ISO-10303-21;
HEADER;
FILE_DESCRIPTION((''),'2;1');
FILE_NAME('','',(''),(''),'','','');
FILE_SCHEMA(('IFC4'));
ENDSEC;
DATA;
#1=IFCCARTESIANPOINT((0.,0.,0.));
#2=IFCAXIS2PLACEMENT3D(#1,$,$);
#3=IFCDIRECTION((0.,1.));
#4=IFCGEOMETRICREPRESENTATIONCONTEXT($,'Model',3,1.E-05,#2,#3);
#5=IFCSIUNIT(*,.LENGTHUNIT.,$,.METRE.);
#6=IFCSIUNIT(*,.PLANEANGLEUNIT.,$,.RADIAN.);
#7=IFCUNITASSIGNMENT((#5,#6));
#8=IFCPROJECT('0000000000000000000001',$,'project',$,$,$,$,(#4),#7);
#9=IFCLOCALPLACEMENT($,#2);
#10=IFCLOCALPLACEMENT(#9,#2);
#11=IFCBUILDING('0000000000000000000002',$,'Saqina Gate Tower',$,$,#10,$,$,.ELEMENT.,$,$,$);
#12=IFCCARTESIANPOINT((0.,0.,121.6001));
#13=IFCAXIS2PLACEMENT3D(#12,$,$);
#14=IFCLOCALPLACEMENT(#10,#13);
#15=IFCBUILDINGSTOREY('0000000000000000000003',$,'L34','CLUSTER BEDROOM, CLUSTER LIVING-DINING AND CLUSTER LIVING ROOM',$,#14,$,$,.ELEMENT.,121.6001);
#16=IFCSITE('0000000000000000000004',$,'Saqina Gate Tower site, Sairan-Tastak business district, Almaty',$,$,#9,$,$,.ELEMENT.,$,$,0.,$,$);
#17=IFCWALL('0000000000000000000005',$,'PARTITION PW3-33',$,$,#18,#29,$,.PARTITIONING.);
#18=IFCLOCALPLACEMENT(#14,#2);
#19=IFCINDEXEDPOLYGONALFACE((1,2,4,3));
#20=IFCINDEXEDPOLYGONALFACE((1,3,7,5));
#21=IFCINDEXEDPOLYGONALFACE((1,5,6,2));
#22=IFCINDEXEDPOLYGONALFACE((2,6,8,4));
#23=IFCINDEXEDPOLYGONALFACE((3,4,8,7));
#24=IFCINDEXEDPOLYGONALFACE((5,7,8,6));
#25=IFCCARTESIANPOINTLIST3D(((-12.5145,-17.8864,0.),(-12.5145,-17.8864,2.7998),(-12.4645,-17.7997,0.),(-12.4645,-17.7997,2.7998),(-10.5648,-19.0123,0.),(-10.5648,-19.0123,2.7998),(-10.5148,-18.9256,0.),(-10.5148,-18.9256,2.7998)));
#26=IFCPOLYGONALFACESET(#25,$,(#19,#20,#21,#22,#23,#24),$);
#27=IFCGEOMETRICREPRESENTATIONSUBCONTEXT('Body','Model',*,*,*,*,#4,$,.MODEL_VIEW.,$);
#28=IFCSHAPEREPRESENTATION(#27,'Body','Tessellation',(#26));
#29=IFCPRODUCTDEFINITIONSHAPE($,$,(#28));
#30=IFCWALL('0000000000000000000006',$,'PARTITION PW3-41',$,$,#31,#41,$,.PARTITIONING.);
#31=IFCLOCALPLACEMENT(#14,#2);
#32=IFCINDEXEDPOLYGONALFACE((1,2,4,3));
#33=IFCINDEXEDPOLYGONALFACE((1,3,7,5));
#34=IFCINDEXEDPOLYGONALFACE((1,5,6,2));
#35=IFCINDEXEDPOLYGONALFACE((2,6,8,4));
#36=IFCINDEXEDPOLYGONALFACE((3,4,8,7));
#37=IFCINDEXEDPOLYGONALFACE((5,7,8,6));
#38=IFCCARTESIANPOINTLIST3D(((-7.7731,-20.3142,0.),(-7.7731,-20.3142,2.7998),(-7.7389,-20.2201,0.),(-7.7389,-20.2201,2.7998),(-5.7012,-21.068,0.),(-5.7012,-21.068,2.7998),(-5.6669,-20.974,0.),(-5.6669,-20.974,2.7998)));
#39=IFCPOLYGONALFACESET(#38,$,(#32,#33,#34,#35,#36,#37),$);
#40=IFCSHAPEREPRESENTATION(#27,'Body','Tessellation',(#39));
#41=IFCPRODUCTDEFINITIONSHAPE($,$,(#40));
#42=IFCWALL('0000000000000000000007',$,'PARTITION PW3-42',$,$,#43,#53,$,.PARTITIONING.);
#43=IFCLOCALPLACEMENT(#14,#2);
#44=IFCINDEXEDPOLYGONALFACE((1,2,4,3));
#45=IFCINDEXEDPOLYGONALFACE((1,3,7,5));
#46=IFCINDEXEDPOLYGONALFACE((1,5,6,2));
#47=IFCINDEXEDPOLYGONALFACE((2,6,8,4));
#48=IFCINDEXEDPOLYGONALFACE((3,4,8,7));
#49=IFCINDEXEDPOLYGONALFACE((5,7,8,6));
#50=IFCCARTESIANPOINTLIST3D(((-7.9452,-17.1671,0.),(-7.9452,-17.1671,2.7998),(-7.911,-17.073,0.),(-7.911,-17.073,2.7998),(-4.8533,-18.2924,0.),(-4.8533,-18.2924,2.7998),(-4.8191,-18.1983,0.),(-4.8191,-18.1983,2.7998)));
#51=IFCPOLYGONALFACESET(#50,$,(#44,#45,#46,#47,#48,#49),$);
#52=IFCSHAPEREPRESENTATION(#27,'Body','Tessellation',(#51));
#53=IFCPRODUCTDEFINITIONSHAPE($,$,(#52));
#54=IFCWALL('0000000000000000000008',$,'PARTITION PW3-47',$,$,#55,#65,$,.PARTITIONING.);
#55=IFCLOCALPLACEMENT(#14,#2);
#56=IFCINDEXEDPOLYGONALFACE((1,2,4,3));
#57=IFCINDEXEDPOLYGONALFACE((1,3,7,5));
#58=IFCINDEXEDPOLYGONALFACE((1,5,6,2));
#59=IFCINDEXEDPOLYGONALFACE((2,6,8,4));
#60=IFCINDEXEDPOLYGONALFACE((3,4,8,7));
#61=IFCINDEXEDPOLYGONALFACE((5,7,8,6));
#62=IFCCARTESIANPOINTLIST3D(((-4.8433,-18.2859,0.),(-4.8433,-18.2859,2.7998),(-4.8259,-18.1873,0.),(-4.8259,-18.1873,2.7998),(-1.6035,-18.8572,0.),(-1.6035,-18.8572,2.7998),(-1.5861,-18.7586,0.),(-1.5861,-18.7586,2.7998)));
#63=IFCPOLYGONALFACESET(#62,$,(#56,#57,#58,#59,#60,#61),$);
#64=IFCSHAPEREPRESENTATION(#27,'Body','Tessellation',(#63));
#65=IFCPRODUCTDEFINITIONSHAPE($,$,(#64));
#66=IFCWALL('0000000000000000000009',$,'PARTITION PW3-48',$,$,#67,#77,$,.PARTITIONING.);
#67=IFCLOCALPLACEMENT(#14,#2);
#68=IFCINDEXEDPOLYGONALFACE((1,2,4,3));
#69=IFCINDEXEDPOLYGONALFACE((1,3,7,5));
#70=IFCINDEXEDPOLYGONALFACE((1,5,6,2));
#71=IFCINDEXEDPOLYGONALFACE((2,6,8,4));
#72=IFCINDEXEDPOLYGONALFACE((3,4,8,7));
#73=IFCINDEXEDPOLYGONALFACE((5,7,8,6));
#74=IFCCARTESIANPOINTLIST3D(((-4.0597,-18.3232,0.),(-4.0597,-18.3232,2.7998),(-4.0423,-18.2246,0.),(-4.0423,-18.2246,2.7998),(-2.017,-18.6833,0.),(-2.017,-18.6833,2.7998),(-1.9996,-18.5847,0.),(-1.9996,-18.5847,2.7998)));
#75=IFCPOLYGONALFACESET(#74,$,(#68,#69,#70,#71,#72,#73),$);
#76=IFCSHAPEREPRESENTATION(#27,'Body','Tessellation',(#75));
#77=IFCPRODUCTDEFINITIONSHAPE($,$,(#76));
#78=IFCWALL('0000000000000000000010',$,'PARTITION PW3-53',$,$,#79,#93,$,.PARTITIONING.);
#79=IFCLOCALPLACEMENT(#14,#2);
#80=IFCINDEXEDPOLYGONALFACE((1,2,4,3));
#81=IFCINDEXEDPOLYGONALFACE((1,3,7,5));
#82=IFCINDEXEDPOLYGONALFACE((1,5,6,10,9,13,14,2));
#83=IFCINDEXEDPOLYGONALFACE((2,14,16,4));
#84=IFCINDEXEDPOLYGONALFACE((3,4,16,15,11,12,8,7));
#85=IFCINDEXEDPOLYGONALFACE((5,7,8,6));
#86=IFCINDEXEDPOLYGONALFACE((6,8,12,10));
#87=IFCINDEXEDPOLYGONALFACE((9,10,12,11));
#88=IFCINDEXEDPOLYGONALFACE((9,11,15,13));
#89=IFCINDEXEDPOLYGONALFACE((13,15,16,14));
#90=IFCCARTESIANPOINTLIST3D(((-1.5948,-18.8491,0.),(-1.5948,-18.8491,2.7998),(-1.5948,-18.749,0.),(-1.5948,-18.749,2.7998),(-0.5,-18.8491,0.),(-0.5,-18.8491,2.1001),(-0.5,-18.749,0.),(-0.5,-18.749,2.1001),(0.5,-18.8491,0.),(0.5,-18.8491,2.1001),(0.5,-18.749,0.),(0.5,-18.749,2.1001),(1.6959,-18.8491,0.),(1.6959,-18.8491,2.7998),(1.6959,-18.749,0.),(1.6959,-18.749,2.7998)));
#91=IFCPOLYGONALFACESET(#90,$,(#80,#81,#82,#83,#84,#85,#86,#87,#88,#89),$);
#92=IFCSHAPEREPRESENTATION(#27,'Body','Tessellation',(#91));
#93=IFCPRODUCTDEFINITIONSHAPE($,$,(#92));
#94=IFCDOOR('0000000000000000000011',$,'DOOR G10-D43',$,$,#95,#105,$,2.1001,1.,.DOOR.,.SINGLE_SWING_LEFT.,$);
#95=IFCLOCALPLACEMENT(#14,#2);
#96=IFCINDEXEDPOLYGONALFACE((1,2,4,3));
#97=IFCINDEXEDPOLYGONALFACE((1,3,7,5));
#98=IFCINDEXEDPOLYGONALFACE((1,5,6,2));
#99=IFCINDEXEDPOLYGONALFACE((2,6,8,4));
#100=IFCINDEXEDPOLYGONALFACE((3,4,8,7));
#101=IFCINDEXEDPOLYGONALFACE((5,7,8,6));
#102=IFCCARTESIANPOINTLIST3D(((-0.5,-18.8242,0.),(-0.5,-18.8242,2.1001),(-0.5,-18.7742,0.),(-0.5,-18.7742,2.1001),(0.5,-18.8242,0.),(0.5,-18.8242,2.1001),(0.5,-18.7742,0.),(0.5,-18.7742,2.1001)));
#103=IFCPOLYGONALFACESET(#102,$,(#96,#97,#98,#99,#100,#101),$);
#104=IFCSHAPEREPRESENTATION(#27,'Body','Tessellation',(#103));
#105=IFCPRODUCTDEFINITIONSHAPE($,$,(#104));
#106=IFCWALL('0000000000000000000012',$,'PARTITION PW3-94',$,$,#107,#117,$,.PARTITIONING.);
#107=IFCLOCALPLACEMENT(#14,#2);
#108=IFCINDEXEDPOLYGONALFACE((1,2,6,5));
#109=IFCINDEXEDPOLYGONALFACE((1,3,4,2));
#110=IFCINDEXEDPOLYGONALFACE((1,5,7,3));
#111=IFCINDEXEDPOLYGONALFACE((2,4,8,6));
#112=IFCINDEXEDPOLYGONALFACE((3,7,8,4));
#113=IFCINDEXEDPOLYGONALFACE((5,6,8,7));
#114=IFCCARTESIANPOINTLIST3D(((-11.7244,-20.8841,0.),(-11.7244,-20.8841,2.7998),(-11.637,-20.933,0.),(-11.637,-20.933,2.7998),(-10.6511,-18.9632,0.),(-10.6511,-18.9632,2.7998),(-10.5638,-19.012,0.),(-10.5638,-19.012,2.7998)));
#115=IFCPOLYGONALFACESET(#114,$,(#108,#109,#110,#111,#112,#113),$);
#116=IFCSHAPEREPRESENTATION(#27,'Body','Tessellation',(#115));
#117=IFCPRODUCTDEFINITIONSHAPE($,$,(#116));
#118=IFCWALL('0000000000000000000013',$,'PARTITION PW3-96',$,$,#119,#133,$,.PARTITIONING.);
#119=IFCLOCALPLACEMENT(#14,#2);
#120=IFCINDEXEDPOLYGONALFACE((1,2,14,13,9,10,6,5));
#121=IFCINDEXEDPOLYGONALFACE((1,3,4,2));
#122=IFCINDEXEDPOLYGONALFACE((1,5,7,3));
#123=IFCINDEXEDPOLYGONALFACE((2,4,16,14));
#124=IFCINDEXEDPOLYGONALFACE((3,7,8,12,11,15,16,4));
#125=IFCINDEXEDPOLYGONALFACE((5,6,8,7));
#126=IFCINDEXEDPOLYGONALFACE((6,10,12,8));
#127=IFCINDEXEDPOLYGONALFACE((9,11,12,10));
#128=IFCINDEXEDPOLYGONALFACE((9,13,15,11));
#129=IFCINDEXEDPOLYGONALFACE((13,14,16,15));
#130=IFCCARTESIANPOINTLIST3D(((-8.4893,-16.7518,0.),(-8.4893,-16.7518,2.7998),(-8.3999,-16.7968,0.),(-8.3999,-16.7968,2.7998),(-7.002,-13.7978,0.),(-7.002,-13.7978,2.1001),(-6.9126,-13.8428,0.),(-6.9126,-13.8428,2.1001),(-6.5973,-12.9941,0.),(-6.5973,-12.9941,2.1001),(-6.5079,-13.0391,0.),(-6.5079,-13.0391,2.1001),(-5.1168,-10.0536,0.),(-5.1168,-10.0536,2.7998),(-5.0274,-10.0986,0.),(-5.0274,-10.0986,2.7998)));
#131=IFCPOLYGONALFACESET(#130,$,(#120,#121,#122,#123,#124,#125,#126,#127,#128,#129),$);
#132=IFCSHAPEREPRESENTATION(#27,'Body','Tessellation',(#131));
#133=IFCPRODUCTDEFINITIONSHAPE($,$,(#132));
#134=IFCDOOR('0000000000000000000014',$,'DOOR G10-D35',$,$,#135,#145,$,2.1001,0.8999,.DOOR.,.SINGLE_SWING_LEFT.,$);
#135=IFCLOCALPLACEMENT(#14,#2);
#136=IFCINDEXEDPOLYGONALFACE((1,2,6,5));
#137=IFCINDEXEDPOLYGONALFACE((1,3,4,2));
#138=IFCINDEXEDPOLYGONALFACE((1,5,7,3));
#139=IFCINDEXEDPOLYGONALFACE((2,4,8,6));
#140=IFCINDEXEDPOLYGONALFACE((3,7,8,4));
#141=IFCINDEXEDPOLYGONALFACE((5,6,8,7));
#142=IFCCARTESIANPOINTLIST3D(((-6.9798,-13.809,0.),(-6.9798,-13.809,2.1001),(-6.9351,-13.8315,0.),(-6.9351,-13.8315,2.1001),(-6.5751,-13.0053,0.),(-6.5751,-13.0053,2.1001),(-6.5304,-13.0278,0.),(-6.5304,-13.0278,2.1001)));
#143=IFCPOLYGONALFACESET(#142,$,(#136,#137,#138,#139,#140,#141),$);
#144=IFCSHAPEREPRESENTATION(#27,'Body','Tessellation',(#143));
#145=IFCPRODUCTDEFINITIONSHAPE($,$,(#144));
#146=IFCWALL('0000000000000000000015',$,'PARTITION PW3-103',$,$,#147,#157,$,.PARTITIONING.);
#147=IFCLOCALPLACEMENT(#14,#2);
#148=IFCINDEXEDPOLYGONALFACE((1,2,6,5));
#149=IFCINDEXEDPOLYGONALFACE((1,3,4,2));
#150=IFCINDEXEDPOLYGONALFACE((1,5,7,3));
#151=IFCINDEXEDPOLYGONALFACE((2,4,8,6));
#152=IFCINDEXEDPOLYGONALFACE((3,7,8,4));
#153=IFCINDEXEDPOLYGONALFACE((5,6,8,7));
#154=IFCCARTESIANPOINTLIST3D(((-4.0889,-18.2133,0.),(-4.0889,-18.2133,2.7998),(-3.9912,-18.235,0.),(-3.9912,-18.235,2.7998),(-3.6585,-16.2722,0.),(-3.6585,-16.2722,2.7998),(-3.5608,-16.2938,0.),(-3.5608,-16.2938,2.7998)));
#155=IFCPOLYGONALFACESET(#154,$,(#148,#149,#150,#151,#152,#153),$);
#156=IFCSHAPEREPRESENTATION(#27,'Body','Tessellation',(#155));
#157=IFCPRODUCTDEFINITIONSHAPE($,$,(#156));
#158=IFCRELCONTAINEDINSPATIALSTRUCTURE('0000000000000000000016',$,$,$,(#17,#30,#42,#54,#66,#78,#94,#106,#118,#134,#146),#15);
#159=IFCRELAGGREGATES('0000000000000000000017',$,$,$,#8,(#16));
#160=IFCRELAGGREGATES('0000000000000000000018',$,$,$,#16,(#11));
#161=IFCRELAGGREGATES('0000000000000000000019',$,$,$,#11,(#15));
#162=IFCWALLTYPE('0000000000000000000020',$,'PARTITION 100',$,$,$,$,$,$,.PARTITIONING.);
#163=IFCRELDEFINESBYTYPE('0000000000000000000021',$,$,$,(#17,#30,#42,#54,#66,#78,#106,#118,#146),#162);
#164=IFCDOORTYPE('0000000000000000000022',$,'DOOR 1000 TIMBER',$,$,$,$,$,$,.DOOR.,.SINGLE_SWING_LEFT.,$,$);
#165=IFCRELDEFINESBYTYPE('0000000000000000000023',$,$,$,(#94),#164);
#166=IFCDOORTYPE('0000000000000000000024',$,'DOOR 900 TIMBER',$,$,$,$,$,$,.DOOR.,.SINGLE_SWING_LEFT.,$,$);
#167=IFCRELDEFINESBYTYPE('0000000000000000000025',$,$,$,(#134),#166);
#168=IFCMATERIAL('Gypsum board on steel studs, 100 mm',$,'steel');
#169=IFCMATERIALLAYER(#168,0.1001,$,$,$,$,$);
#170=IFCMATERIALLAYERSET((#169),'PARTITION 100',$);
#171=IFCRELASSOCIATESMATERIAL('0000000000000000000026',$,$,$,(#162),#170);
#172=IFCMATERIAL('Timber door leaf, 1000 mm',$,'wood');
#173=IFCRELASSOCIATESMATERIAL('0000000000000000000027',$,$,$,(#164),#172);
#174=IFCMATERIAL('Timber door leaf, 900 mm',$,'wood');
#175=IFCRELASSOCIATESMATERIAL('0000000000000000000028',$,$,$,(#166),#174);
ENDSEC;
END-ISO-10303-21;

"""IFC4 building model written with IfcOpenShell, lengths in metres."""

from ifc_helpers import new_model, si_unit, direction, frame, frame_2d, origin, place, context, subcontext, project, spatial, rectangle, extrude, material, layer, layer_set, type_object, element, fill, save


model = new_model("IFC4")

# Units and contexts
model_context = context("Model", 3, precision=1e-05, world=origin(), true_north=direction((0.0, 1.0)))
body_context = subcontext(model_context, "Body", "Model", "MODEL_VIEW")
ifc_project = project(units=[si_unit("LENGTHUNIT", "METRE"), si_unit("PLANEANGLEUNIT", "RADIAN")], contexts=[model_context])

# Site, building, storey
site_placement = place(None, origin())
site = spatial("IfcSite", under=ifc_project, at=site_placement, Name="Saqina Gate Tower site, Sairan-Tastak business district, Almaty", CompositionType="ELEMENT", RefElevation=0.0)
building_placement = place(site_placement, origin())
building = spatial("IfcBuilding", under=site, at=building_placement, Name="Saqina Gate Tower", CompositionType="ELEMENT")
storey_placement = place(building_placement, frame((0.0, 0.0, 121.6001)))
storey = spatial("IfcBuildingStorey", under=building, at=storey_placement, Name="L34", Description="CLUSTER BEDROOM, CLUSTER LIVING-DINING AND CLUSTER LIVING ROOM", CompositionType="ELEMENT", Elevation=121.6001)

# Walls
ifc_material_1 = material(Name="Gypsum board on steel studs, 100 mm", Category="steel")
ifc_layer_1 = layer(ifc_material_1, 0.1001)
ifc_layer_set_1 = layer_set([ifc_layer_1], Name="PARTITION 100")
wall_type_1 = type_object("IfcWallType", Name="PARTITION 100", PredefinedType="PARTITIONING", material=ifc_layer_set_1)
wall_1_placement = place(storey_placement, frame((-12.4895, -17.843, 0.0), z_axis=(0.0, 0.0, 1.0), x_axis=(0.865965, -0.500104, 0.0)))
element("IfcWall", 1, at=wall_1_placement, inside=storey, type_object=wall_type_1, Name="PARTITION PW3-33", PredefinedType="PARTITIONING", context=body_context, shape_type="SweptSolid", body=[
    extrude(rectangle(XDim=2.2515, YDim=0.1001, at=frame_2d((1.1257, 0.0))), origin(), (0.0, 0.0, 1.0), 2.7998),
])
wall_2_placement = place(storey_placement, frame((-7.7561, -20.2671, 0.0), z_axis=(0.0, 0.0, 1.0), x_axis=(0.939729, -0.341921, 0.0)))
element("IfcWall", 2, at=wall_2_placement, inside=storey, type_object=wall_type_1, Name="PARTITION PW3-41", PredefinedType="PARTITIONING", context=body_context, shape_type="SweptSolid", body=[
    extrude(rectangle(XDim=2.2048, YDim=0.1001, at=frame_2d((1.1025, 0.0))), origin(), (0.0, 0.0, 1.0), 2.7998),
])
wall_3_placement = place(storey_placement, frame((-7.928, -17.1201, 0.0), z_axis=(0.0, 0.0, 1.0), x_axis=(0.9397, -0.341999, 0.0)))
element("IfcWall", 3, at=wall_3_placement, inside=storey, type_object=wall_type_1, Name="PARTITION PW3-42", PredefinedType="PARTITIONING", context=body_context, shape_type="SweptSolid", body=[
    extrude(rectangle(XDim=3.2903, YDim=0.1001, at=frame_2d((1.645, 0.0))), origin(), (0.0, 0.0, 1.0), 2.7998),
])
wall_4_placement = place(storey_placement, frame((-4.8347, -18.2366, 0.0), z_axis=(0.0, 0.0, 1.0), x_axis=(0.984806, -0.173658, 0.0)))
element("IfcWall", 4, at=wall_4_placement, inside=storey, type_object=wall_type_1, Name="PARTITION PW3-47", PredefinedType="PARTITIONING", context=body_context, shape_type="SweptSolid", body=[
    extrude(rectangle(XDim=3.2898, YDim=0.1001, at=frame_2d((1.645, 0.0))), origin(), (0.0, 0.0, 1.0), 2.7998),
])
wall_5_placement = place(storey_placement, frame((-4.051, -18.2739, 0.0), z_axis=(0.0, 0.0, 1.0), x_axis=(0.984814, -0.173611, 0.0)))
element("IfcWall", 5, at=wall_5_placement, inside=storey, type_object=wall_type_1, Name="PARTITION PW3-48", PredefinedType="PARTITIONING", context=body_context, shape_type="SweptSolid", body=[
    extrude(rectangle(XDim=2.0742, YDim=0.1001, at=frame_2d((1.0371, 0.0))), origin(), (0.0, 0.0, 1.0), 2.7998),
])

# Wall, opening, door
wall_6_placement = place(storey_placement, frame((-1.595, -18.7991, 0.0), z_axis=(0.0, 0.0, 1.0), x_axis=(1.0, 0.0, 0.0)))
wall_6 = element("IfcWall", 6, at=wall_6_placement, inside=storey, type_object=wall_type_1, Name="PARTITION PW3-53", PredefinedType="PARTITIONING", context=body_context, shape_type="SweptSolid", body=[
    extrude(rectangle(XDim=3.2908, YDim=0.1001, at=frame_2d((1.6455, 0.0))), origin(), (0.0, 0.0, 1.0), 2.7998),
])
opening_1_placement = place(wall_6_placement, frame((1.095, 0.0, 0.0)))
opening_1 = element("IfcOpeningElement", 7, at=opening_1_placement, cuts=wall_6, PredefinedType="OPENING", context=body_context, shape_type="SweptSolid", body=[
    extrude(rectangle(XDim=1.0, YDim=2.1001, at=frame_2d((0.5, 1.05))), frame((0.0, 0.062, 0.0), z_axis=(0.0, -1.0, 0.0), x_axis=(1.0, 0.0, 0.0)), (0.0, 0.0, 1.0), 0.124),
])
ifc_material_2 = material(Name="Timber door leaf, 1000 mm", Category="wood")
door_type_1 = type_object("IfcDoorType", Name="DOOR 1000 TIMBER", OperationType="SINGLE_SWING_LEFT", PredefinedType="DOOR", material=ifc_material_2)
door_1_placement = place(opening_1_placement, origin())
door_1 = element("IfcDoor", 8, at=door_1_placement, inside=storey, type_object=door_type_1, Name="DOOR G10-D43", OperationType="SINGLE_SWING_LEFT", OverallHeight=2.1001, OverallWidth=1.0, PredefinedType="DOOR", context=body_context, shape_type="SweptSolid", body=[
    extrude(rectangle(XDim=1.0, YDim=2.1001, at=frame_2d((0.5, 1.05))), frame((0.0, 0.0249, 0.0), z_axis=(0.0, -1.0, 0.0), x_axis=(1.0, 0.0, 0.0)), (0.0, 0.0, 1.0), 0.05),
])
fill(opening_1, door_1)

# Wall
wall_7_placement = place(storey_placement, frame((-11.6807, -20.9084, 0.0), z_axis=(0.0, 0.0, 1.0), x_axis=(0.487752, 0.872982, 0.0)))
element("IfcWall", 9, at=wall_7_placement, inside=storey, type_object=wall_type_1, Name="PARTITION PW3-94", PredefinedType="PARTITIONING", context=body_context, shape_type="SweptSolid", body=[
    extrude(rectangle(XDim=2.2004, YDim=0.1001, at=frame_2d((1.1001, 0.0))), origin(), (0.0, 0.0, 1.0), 2.7998),
])

# Wall, opening, door
wall_8_placement = place(storey_placement, frame((-8.4446, -16.7742, 0.0), z_axis=(0.0, 0.0, 1.0), x_axis=(0.449712, 0.893174, 0.0)))
wall_8 = element("IfcWall", 10, at=wall_8_placement, inside=storey, type_object=wall_type_1, Name="PARTITION PW3-96", PredefinedType="PARTITIONING", context=body_context, shape_type="SweptSolid", body=[
    extrude(rectangle(XDim=7.4993, YDim=0.1001, at=frame_2d((3.7495, 0.0))), origin(), (0.0, 0.0, 1.0), 2.7998),
])
opening_2_placement = place(wall_8_placement, frame((3.3071, 0.0, 0.0)))
opening_2 = element("IfcOpeningElement", 11, at=opening_2_placement, cuts=wall_8, PredefinedType="OPENING", context=body_context, shape_type="SweptSolid", body=[
    extrude(rectangle(XDim=0.8999, YDim=2.1001, at=frame_2d((0.45, 1.05))), frame((0.0, 0.062, 0.0), z_axis=(0.0, -1.0, 0.0), x_axis=(1.0, 0.0, 0.0)), (0.0, 0.0, 1.0), 0.124),
])
ifc_material_3 = material(Name="Timber door leaf, 900 mm", Category="wood")
door_type_2 = type_object("IfcDoorType", Name="DOOR 900 TIMBER", OperationType="SINGLE_SWING_LEFT", PredefinedType="DOOR", material=ifc_material_3)
door_2_placement = place(opening_2_placement, frame((0.8999, 0.0, 0.0), z_axis=(0.0, 0.0, 1.0), x_axis=(-1.0, 0.0, 0.0)))
door_2 = element("IfcDoor", 12, at=door_2_placement, inside=storey, type_object=door_type_2, Name="DOOR G10-D35", OperationType="SINGLE_SWING_LEFT", OverallHeight=2.1001, OverallWidth=0.8999, PredefinedType="DOOR", context=body_context, shape_type="SweptSolid", body=[
    extrude(rectangle(XDim=0.8999, YDim=2.1001, at=frame_2d((0.45, 1.05))), frame((0.0, 0.0249, 0.0), z_axis=(0.0, -1.0, 0.0), x_axis=(1.0, 0.0, 0.0)), (0.0, 0.0, 1.0), 0.05),
])
fill(opening_2, door_2)

# Wall
wall_9_placement = place(storey_placement, frame((-4.04, -18.2241, 0.0), z_axis=(0.0, 0.0, 1.0), x_axis=(0.216475, 0.976288, 0.0)))
element("IfcWall", 13, at=wall_9_placement, inside=storey, type_object=wall_type_1, Name="PARTITION PW3-103", PredefinedType="PARTITIONING", context=body_context, shape_type="SweptSolid", body=[
    extrude(rectangle(XDim=1.9883, YDim=0.1001, at=frame_2d((0.9941, 0.0))), origin(), (0.0, 0.0, 1.0), 2.7998),
])

save(model, "model.ifc")
